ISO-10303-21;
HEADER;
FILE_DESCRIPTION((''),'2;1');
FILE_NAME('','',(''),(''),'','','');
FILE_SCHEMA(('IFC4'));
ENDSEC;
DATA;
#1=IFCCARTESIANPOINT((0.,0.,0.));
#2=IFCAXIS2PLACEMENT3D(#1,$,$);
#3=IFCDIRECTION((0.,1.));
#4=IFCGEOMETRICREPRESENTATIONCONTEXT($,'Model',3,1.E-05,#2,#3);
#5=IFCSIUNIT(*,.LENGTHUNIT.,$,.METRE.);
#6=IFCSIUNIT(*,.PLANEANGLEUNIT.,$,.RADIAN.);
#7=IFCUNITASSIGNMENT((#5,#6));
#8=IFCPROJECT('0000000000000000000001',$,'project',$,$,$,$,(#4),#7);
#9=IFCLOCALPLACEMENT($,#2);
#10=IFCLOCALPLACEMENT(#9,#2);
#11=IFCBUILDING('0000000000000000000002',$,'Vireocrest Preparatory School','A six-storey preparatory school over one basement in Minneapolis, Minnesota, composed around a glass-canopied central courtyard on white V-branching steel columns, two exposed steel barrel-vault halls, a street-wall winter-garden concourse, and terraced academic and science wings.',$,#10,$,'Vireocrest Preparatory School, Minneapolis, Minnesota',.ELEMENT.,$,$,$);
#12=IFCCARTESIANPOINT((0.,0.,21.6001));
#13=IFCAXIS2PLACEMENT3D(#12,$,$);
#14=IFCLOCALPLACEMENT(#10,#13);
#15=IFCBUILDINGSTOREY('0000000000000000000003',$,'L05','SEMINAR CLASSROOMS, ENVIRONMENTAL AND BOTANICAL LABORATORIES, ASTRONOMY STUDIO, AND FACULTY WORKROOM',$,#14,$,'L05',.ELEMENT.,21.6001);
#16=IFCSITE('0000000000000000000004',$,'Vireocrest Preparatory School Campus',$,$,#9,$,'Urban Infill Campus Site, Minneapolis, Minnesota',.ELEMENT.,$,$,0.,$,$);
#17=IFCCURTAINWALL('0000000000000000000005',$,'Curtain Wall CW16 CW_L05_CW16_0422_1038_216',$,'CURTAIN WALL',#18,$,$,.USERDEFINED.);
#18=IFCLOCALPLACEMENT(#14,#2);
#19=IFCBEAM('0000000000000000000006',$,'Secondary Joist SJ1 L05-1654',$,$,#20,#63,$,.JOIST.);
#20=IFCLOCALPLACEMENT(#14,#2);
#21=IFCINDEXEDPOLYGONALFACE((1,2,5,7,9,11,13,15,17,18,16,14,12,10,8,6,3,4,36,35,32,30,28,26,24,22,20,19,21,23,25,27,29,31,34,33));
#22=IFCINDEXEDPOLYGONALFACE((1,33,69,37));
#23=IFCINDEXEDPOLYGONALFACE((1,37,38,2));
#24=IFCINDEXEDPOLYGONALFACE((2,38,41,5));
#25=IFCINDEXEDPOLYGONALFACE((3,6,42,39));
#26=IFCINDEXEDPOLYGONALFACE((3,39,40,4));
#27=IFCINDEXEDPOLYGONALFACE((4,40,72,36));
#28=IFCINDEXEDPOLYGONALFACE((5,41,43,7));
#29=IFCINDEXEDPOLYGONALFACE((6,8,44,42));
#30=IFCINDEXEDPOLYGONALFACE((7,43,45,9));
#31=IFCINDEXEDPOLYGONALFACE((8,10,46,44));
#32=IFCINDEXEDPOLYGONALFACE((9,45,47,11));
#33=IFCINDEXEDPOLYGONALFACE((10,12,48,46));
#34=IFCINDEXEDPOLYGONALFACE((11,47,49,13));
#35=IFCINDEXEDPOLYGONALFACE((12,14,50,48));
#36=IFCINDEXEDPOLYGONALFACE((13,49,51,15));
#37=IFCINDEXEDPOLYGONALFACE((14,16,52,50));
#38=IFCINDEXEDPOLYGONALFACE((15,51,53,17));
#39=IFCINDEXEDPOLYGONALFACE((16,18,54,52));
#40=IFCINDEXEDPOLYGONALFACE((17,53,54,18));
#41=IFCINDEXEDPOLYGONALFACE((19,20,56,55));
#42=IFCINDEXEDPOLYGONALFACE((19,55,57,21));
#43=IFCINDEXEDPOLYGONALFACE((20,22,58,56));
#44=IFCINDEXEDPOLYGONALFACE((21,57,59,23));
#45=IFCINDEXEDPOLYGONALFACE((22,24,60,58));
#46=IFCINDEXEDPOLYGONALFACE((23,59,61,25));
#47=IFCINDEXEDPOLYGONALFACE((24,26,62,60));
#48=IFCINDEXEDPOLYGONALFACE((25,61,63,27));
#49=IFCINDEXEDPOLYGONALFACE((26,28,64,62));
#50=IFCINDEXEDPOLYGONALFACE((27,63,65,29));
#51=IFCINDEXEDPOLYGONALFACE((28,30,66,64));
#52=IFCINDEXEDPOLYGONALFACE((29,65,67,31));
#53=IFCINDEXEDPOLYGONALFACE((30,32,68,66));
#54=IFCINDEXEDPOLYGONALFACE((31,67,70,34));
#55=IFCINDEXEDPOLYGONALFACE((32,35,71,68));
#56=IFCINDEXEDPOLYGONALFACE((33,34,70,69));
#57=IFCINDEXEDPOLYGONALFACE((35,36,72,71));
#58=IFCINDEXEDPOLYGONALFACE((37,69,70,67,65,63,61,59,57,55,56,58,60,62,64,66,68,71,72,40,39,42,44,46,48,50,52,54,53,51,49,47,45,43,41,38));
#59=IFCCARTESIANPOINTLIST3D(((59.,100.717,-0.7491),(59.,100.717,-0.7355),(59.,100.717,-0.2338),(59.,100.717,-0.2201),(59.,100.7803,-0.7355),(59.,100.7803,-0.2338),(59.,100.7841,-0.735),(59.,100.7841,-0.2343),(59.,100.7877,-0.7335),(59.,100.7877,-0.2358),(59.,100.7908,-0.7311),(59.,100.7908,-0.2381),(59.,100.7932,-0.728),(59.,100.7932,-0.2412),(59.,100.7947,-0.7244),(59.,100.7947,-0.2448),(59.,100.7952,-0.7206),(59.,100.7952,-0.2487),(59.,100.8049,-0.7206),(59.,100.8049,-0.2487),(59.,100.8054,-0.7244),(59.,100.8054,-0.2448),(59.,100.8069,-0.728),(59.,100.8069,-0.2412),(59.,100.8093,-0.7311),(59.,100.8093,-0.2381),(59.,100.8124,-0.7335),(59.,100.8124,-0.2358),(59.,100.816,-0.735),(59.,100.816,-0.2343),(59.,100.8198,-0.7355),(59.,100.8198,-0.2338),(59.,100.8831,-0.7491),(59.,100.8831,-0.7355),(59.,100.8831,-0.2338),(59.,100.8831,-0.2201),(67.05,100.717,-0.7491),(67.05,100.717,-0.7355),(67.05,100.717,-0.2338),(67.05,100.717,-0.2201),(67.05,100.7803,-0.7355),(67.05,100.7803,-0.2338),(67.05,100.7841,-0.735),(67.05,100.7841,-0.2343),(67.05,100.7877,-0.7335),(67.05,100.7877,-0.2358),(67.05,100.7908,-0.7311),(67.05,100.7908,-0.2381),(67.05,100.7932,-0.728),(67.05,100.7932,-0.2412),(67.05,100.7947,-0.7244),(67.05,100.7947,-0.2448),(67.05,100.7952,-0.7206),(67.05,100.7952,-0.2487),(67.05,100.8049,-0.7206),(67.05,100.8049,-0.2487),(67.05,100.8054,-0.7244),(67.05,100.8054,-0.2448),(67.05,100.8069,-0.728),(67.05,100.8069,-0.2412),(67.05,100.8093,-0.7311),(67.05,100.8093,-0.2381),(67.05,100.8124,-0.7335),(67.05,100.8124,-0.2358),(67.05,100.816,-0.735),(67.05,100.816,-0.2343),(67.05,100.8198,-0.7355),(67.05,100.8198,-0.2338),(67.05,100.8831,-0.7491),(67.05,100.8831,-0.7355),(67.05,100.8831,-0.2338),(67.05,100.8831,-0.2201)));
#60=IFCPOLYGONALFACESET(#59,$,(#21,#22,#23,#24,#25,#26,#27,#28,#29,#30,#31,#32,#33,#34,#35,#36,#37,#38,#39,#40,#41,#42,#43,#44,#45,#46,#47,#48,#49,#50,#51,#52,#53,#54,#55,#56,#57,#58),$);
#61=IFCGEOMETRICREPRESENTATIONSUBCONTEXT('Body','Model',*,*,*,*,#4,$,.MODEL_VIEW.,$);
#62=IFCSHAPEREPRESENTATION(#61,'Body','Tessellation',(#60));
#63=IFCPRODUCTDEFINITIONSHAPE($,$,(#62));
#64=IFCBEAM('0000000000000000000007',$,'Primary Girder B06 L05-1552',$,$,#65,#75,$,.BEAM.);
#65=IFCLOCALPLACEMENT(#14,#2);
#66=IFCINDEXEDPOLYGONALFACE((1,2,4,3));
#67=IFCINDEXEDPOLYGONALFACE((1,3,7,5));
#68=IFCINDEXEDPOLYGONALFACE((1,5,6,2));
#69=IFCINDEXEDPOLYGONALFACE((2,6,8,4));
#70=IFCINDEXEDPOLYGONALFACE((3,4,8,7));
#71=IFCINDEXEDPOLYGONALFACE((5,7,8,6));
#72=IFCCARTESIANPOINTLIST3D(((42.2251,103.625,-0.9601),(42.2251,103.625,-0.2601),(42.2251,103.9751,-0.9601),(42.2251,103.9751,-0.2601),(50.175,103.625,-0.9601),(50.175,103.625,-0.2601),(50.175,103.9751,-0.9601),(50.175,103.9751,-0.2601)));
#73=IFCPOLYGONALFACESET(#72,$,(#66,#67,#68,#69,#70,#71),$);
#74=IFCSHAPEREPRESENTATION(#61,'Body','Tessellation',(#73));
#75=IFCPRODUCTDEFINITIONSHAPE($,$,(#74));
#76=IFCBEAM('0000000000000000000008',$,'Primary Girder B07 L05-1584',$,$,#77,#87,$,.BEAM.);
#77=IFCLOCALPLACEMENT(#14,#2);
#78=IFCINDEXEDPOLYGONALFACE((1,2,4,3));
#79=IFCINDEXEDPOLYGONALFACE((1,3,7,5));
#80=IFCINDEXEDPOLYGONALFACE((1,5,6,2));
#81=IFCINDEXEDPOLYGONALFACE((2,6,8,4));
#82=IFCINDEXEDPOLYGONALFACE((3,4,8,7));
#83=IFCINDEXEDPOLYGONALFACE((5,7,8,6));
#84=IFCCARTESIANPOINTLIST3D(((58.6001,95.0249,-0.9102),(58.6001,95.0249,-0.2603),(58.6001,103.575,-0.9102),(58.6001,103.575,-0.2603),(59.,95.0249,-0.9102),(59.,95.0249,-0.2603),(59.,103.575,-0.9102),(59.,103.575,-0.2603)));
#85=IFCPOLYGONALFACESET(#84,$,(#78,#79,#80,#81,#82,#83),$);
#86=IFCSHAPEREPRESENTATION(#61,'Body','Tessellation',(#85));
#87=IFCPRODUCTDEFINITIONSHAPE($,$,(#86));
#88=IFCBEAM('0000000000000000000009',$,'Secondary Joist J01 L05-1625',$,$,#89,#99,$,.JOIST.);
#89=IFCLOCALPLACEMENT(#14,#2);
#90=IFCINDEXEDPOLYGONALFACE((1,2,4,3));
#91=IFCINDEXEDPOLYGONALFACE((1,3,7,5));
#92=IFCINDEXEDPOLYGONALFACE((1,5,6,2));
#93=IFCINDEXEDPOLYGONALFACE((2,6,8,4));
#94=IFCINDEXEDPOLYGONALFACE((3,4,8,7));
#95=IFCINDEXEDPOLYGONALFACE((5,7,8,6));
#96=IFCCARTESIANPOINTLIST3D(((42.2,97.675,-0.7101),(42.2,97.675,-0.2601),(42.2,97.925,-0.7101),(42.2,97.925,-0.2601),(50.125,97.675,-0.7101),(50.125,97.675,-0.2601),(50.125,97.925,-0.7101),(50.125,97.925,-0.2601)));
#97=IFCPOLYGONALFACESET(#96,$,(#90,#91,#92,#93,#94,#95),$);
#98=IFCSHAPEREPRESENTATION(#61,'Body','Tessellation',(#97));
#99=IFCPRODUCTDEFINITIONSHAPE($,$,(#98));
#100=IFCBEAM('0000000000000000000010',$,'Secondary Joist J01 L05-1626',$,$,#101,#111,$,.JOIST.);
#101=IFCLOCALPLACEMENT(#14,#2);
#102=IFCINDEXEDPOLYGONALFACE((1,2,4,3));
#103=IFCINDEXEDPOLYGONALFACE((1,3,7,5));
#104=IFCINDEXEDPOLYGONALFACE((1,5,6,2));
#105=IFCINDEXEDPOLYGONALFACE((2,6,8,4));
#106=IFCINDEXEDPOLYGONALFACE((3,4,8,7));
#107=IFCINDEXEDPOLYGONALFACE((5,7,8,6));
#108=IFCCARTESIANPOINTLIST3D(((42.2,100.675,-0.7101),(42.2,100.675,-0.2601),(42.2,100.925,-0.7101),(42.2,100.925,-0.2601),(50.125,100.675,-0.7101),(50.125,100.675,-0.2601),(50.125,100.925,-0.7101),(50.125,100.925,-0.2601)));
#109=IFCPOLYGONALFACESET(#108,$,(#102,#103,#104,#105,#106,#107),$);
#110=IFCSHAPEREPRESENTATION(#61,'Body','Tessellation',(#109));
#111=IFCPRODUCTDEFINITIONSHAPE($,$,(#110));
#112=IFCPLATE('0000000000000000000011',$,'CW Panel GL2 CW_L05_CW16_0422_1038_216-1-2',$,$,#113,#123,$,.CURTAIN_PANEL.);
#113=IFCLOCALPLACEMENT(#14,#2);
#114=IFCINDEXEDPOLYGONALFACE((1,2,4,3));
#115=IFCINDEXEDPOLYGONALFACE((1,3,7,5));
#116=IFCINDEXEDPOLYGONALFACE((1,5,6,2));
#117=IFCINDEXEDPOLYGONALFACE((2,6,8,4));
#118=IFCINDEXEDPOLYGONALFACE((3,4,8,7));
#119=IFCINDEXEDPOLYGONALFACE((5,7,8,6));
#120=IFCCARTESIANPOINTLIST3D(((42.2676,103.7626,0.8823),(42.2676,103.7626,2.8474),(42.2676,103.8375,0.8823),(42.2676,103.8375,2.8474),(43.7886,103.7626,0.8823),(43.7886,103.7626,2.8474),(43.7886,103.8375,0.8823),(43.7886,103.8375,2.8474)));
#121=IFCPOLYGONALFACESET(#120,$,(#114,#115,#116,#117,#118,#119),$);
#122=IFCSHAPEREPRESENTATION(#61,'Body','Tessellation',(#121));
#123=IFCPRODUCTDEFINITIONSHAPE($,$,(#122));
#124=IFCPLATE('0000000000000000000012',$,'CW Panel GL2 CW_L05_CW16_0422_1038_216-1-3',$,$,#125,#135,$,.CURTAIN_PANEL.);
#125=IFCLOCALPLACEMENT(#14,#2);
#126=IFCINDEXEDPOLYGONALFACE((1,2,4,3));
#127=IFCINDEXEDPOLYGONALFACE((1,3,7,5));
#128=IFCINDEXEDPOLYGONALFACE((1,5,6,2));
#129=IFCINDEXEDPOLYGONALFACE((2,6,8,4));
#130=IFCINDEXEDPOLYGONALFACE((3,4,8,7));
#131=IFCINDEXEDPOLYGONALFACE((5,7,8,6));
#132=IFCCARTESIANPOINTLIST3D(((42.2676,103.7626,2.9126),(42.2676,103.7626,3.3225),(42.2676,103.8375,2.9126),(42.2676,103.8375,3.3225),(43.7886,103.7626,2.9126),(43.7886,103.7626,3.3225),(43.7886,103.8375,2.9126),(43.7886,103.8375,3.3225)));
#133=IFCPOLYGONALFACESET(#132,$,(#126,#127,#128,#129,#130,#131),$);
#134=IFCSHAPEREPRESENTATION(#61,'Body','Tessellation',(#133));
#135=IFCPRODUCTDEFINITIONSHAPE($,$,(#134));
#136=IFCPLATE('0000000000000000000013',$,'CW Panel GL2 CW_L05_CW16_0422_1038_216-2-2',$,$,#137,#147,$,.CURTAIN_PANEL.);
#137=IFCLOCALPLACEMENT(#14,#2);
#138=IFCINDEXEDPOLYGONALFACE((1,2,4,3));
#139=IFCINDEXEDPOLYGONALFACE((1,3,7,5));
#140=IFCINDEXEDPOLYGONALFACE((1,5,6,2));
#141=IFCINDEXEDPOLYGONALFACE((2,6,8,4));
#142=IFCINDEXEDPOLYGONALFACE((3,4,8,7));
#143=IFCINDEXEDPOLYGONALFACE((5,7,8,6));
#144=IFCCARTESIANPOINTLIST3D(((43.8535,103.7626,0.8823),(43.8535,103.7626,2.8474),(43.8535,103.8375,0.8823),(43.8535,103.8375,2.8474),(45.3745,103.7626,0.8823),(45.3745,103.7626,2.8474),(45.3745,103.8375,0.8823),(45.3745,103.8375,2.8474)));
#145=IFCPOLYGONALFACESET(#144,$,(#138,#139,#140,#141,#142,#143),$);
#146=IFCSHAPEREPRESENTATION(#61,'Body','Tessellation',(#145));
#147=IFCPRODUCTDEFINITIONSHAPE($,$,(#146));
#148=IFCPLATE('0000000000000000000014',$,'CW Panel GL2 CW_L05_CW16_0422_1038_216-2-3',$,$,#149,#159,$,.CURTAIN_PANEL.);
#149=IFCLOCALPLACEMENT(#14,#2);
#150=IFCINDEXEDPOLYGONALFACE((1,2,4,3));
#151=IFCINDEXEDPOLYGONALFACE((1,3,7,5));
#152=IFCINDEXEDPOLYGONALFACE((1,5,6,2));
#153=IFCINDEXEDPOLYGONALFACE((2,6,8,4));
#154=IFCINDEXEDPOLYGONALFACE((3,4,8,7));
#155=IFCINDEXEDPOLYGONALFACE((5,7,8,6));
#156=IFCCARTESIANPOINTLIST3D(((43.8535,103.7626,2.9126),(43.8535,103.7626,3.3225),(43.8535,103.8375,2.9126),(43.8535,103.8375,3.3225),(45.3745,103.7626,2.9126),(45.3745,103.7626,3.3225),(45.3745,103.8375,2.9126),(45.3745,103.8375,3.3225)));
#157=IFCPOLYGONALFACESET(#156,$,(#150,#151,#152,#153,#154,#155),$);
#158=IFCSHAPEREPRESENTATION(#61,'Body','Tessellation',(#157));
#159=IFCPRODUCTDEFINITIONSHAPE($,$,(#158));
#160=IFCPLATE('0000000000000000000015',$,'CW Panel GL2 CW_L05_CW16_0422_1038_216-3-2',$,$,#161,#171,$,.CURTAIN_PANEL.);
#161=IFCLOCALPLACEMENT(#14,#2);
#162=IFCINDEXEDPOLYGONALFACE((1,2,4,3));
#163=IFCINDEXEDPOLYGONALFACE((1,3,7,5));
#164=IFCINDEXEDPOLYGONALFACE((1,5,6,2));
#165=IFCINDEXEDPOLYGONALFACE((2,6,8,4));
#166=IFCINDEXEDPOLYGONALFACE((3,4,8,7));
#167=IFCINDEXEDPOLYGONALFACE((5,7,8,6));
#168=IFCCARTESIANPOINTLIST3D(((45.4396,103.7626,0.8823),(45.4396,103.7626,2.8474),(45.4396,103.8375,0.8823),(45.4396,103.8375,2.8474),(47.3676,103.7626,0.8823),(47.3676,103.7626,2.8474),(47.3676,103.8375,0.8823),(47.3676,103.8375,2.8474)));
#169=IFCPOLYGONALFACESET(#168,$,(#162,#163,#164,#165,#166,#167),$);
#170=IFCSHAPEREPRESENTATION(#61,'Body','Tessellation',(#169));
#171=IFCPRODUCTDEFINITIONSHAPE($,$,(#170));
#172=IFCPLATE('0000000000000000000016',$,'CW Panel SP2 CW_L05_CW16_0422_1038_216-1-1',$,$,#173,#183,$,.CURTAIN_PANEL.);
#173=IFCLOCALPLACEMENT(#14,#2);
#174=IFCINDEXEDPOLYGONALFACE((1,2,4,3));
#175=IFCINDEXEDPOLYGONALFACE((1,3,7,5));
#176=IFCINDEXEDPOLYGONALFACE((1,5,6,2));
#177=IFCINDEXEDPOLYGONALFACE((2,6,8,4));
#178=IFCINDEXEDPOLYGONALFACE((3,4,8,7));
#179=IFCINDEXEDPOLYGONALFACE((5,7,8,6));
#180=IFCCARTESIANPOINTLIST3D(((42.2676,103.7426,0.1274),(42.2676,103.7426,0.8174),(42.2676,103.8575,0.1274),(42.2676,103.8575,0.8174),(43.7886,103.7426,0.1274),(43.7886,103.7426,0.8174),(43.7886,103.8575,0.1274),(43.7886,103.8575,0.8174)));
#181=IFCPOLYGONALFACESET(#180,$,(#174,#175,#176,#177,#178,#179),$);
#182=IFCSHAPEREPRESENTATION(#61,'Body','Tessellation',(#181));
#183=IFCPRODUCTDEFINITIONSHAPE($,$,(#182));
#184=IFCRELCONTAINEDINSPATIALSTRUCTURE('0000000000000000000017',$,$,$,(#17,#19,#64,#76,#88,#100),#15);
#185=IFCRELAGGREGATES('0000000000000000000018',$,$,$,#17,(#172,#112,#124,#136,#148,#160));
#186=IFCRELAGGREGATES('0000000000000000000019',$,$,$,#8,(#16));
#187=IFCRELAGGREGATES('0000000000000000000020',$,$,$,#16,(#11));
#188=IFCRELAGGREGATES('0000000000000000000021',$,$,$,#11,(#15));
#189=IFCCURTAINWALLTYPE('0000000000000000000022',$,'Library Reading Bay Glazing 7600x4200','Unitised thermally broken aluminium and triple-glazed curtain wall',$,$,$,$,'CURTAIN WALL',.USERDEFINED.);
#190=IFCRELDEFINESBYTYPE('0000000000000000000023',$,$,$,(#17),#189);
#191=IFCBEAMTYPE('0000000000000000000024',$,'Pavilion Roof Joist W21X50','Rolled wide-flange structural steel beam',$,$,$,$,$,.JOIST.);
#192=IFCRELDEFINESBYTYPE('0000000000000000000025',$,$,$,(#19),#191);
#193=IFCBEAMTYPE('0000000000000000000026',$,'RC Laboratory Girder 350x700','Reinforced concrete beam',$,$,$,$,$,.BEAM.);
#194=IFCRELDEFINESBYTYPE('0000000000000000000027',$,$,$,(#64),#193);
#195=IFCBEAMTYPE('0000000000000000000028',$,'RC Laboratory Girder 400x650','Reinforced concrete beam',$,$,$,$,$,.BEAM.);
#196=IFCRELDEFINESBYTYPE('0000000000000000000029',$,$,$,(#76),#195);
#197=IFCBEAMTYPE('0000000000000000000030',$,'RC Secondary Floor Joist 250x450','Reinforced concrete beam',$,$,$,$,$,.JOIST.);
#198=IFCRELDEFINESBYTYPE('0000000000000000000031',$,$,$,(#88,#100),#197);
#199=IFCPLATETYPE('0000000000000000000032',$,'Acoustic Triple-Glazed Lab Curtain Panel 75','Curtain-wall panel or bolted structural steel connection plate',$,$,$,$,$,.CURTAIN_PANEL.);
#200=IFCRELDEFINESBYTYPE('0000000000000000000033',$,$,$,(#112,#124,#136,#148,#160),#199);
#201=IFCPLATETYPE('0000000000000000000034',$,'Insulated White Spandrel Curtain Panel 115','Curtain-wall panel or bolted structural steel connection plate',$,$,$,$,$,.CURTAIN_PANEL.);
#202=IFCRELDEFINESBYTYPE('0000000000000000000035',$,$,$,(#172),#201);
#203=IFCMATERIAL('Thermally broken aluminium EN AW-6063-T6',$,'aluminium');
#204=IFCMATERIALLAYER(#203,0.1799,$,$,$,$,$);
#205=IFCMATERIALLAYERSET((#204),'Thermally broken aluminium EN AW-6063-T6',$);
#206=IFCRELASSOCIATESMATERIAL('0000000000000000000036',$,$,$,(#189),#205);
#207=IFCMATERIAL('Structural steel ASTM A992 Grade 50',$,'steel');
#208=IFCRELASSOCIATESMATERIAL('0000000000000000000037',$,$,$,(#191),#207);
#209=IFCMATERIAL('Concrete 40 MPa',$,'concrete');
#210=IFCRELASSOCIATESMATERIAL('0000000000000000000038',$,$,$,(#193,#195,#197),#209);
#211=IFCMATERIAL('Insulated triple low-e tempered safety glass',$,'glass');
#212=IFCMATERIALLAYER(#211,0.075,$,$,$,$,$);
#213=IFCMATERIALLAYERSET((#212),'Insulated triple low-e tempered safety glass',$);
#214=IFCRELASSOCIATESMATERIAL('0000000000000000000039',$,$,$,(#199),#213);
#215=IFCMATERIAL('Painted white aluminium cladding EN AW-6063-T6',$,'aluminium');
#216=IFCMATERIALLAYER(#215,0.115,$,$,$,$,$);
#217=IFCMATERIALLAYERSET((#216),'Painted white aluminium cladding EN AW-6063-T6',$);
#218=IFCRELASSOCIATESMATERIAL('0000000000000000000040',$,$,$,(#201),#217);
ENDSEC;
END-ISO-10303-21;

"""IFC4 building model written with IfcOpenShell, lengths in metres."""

from ifc_helpers import new_model, si_unit, direction, frame, origin, origin_2d, place, context, subcontext, project, spatial, rectangle, i_section, extrude, material, layer, layer_set, material_profile, profile_set, type_object, element, aggregate, save


model = new_model("IFC4")

# Units and contexts
model_context = context("Model", 3, precision=1e-05, world=origin(), true_north=direction((0.0, 1.0)))
body_context = subcontext(model_context, "Body", "Model", "MODEL_VIEW")
ifc_project = project(units=[si_unit("LENGTHUNIT", "METRE"), si_unit("PLANEANGLEUNIT", "RADIAN")], contexts=[model_context])

# Site, building, storey
site_placement = place(None, origin())
site = spatial("IfcSite", under=ifc_project, at=site_placement, Name="Vireocrest Preparatory School Campus", LongName="Urban Infill Campus Site, Minneapolis, Minnesota", CompositionType="ELEMENT", RefElevation=0.0)
building_placement = place(site_placement, origin())
building = spatial("IfcBuilding", under=site, at=building_placement, Name="Vireocrest Preparatory School", Description="A six-storey preparatory school over one basement in Minneapolis, Minnesota, composed around a glass-canopied central courtyard on white V-branching steel columns, two exposed steel barrel-vault halls, a street-wall winter-garden concourse, and terraced academic and science wings.", LongName="Vireocrest Preparatory School, Minneapolis, Minnesota", CompositionType="ELEMENT")
storey_placement = place(building_placement, frame((0.0, 0.0, 21.6001)))
storey = spatial("IfcBuildingStorey", under=building, at=storey_placement, Name="L05", Description="SEMINAR CLASSROOMS, ENVIRONMENTAL AND BOTANICAL LABORATORIES, ASTRONOMY STUDIO, AND FACULTY WORKROOM", LongName="L05", CompositionType="ELEMENT", Elevation=21.6001)

# Curtain wall
ifc_material_1 = material(Name="Thermally broken aluminium EN AW-6063-T6", Category="aluminium")
ifc_layer_1 = layer(ifc_material_1, 0.1799)
ifc_layer_set_1 = layer_set([ifc_layer_1], Name="Thermally broken aluminium EN AW-6063-T6")
curtain_wall_type = type_object("IfcCurtainWallType", Name="Library Reading Bay Glazing 7600x4200", Description="Unitised thermally broken aluminium and triple-glazed curtain wall", ElementType="CURTAIN WALL", PredefinedType="USERDEFINED", material=ifc_layer_set_1)
curtain_wall_placement = place(storey_placement, origin())
curtain_wall = element("IfcCurtainWall", 1, at=curtain_wall_placement, inside=storey, type_object=curtain_wall_type, Name="Curtain Wall CW16 CW_L05_CW16_0422_1038_216", ObjectType="CURTAIN WALL", PredefinedType="USERDEFINED")

# Beams
ifc_material_2 = material(Name="Structural steel ASTM A992 Grade 50", Category="steel")
ifc_material_profile_1 = material_profile(ifc_material_2, i_section(OverallWidth=0.166, OverallDepth=0.5291, WebThickness=0.0098, FlangeThickness=0.0137, FilletRadius=0.0149, at=origin_2d()), Name="W21X50")
ifc_profile_set_1 = profile_set([ifc_material_profile_1], Name="Structural steel ASTM A992 Grade 50")
beam_type_1 = type_object("IfcBeamType", Name="Pavilion Roof Joist W21X50", Description="Rolled wide-flange structural steel beam", PredefinedType="JOIST", material=ifc_profile_set_1)
for number, where, z_axis, x_axis, name in (
    (2, (59.0, 100.8, -0.4846), (1.0, 0.0, 0.0), (0.0, 1.0, 0.0), "Secondary Joist SJ1 L05-1654"),
):
    element("IfcBeam", number, at=place(storey_placement, frame(where, z_axis=z_axis, x_axis=x_axis)), inside=storey, type_object=beam_type_1, Name=name, PredefinedType="JOIST", context=body_context, shape_type="SweptSolid", body=[
        extrude(i_section(OverallWidth=0.166, OverallDepth=0.5291, WebThickness=0.0098, FlangeThickness=0.0137, FilletRadius=0.0149, at=origin_2d()), origin(), (0.0, 0.0, 1.0), 8.05),
    ])
ifc_material_3 = material(Name="Concrete 40 MPa", Category="concrete")
ifc_material_profile_2 = material_profile(ifc_material_3, rectangle(XDim=0.3501, YDim=0.7, at=origin_2d()), Name="RC 350x700")
ifc_profile_set_2 = profile_set([ifc_material_profile_2], Name="Concrete 40 MPa")
beam_type_2 = type_object("IfcBeamType", Name="RC Laboratory Girder 350x700", Description="Reinforced concrete beam", PredefinedType="BEAM", material=ifc_profile_set_2)
beam_1_placement = place(storey_placement, frame((42.2251, 103.8, -0.6101), z_axis=(1.0, 0.0, 0.0), x_axis=(0.0, 1.0, 0.0)))
element("IfcBeam", 3, at=beam_1_placement, inside=storey, type_object=beam_type_2, Name="Primary Girder B06 L05-1552", PredefinedType="BEAM", context=body_context, shape_type="SweptSolid", body=[
    extrude(rectangle(XDim=0.3501, YDim=0.7, at=origin_2d()), origin(), (0.0, 0.0, 1.0), 7.95),
])
ifc_material_profile_3 = material_profile(ifc_material_3, rectangle(XDim=0.3999, YDim=0.6499, at=origin_2d()), Name="RC 400x650")
ifc_profile_set_3 = profile_set([ifc_material_profile_3], Name="Concrete 40 MPa")
beam_type_3 = type_object("IfcBeamType", Name="RC Laboratory Girder 400x650", Description="Reinforced concrete beam", PredefinedType="BEAM", material=ifc_profile_set_3)
beam_2_placement = place(storey_placement, frame((58.8, 95.0249, -0.5852), z_axis=(0.0, 1.0, 0.0), x_axis=(-1.0, 0.0, 0.0)))
element("IfcBeam", 4, at=beam_2_placement, inside=storey, type_object=beam_type_3, Name="Primary Girder B07 L05-1584", PredefinedType="BEAM", context=body_context, shape_type="SweptSolid", body=[
    extrude(rectangle(XDim=0.3999, YDim=0.6499, at=origin_2d()), origin(), (0.0, 0.0, 1.0), 8.55),
])
ifc_material_profile_4 = material_profile(ifc_material_3, rectangle(XDim=0.25, YDim=0.45, at=origin_2d()), Name="RC 250x450")
ifc_profile_set_4 = profile_set([ifc_material_profile_4], Name="Concrete 40 MPa")
beam_type_4 = type_object("IfcBeamType", Name="RC Secondary Floor Joist 250x450", Description="Reinforced concrete beam", PredefinedType="JOIST", material=ifc_profile_set_4)
for number, where, z_axis, x_axis, name in (
    (5, (42.2, 97.8, -0.4851), (1.0, 0.0, 0.0), (0.0, 1.0, 0.0), "Secondary Joist J01 L05-1625"),
    (6, (42.2, 100.8, -0.4851), (1.0, 0.0, 0.0), (0.0, 1.0, 0.0), "Secondary Joist J01 L05-1626"),
):
    element("IfcBeam", number, at=place(storey_placement, frame(where, z_axis=z_axis, x_axis=x_axis)), inside=storey, type_object=beam_type_4, Name=name, PredefinedType="JOIST", context=body_context, shape_type="SweptSolid", body=[
        extrude(rectangle(XDim=0.25, YDim=0.45, at=origin_2d()), origin(), (0.0, 0.0, 1.0), 7.925),
    ])

# Plates
ifc_material_4 = material(Name="Insulated triple low-e tempered safety glass", Category="glass")
ifc_layer_2 = layer(ifc_material_4, 0.075)
ifc_layer_set_2 = layer_set([ifc_layer_2], Name="Insulated triple low-e tempered safety glass")
plate_type_1 = type_object("IfcPlateType", Name="Acoustic Triple-Glazed Lab Curtain Panel 75", Description="Curtain-wall panel or bolted structural steel connection plate", PredefinedType="CURTAIN_PANEL", material=ifc_layer_set_2)
plate_1_placement = place(storey_placement, frame((43.0281, 103.8, 0.8823), z_axis=(0.0, 0.0, 1.0), x_axis=(1.0, 0.0, 0.0)))
plate_1 = element("IfcPlate", 7, at=plate_1_placement, type_object=plate_type_1, Name="CW Panel GL2 CW_L05_CW16_0422_1038_216-1-2", PredefinedType="CURTAIN_PANEL", context=body_context, shape_type="SweptSolid", body=[
    extrude(rectangle(XDim=1.521, YDim=0.075, at=origin_2d()), origin(), (0.0, 0.0, 1.0), 1.9651),
])
plate_2_placement = place(storey_placement, frame((43.0281, 103.8, 2.9126), z_axis=(0.0, 0.0, 1.0), x_axis=(1.0, 0.0, 0.0)))
plate_2 = element("IfcPlate", 8, at=plate_2_placement, type_object=plate_type_1, Name="CW Panel GL2 CW_L05_CW16_0422_1038_216-1-3", PredefinedType="CURTAIN_PANEL", context=body_context, shape_type="SweptSolid", body=[
    extrude(rectangle(XDim=1.521, YDim=0.075, at=origin_2d()), origin(), (0.0, 0.0, 1.0), 0.4099),
])
plate_3_placement = place(storey_placement, frame((44.614, 103.8, 0.8823), z_axis=(0.0, 0.0, 1.0), x_axis=(1.0, 0.0, 0.0)))
plate_3 = element("IfcPlate", 9, at=plate_3_placement, type_object=plate_type_1, Name="CW Panel GL2 CW_L05_CW16_0422_1038_216-2-2", PredefinedType="CURTAIN_PANEL", context=body_context, shape_type="SweptSolid", body=[
    extrude(rectangle(XDim=1.521, YDim=0.075, at=origin_2d()), origin(), (0.0, 0.0, 1.0), 1.9651),
])
plate_4_placement = place(storey_placement, frame((44.614, 103.8, 2.9126), z_axis=(0.0, 0.0, 1.0), x_axis=(1.0, 0.0, 0.0)))
plate_4 = element("IfcPlate", 10, at=plate_4_placement, type_object=plate_type_1, Name="CW Panel GL2 CW_L05_CW16_0422_1038_216-2-3", PredefinedType="CURTAIN_PANEL", context=body_context, shape_type="SweptSolid", body=[
    extrude(rectangle(XDim=1.521, YDim=0.075, at=origin_2d()), origin(), (0.0, 0.0, 1.0), 0.4099),
])
plate_5_placement = place(storey_placement, frame((46.4036, 103.8, 0.8823), z_axis=(0.0, 0.0, 1.0), x_axis=(1.0, 0.0, 0.0)))
plate_5 = element("IfcPlate", 11, at=plate_5_placement, type_object=plate_type_1, Name="CW Panel GL2 CW_L05_CW16_0422_1038_216-3-2", PredefinedType="CURTAIN_PANEL", context=body_context, shape_type="SweptSolid", body=[
    extrude(rectangle(XDim=1.928, YDim=0.075, at=origin_2d()), origin(), (0.0, 0.0, 1.0), 1.9651),
])
ifc_material_5 = material(Name="Painted white aluminium cladding EN AW-6063-T6", Category="aluminium")
ifc_layer_3 = layer(ifc_material_5, 0.115)
ifc_layer_set_3 = layer_set([ifc_layer_3], Name="Painted white aluminium cladding EN AW-6063-T6")
plate_type_2 = type_object("IfcPlateType", Name="Insulated White Spandrel Curtain Panel 115", Description="Curtain-wall panel or bolted structural steel connection plate", PredefinedType="CURTAIN_PANEL", material=ifc_layer_set_3)
plate_6_placement = place(storey_placement, frame((43.0281, 103.8, 0.1274), z_axis=(0.0, 0.0, 1.0), x_axis=(1.0, 0.0, 0.0)))
plate_6 = element("IfcPlate", 12, at=plate_6_placement, type_object=plate_type_2, Name="CW Panel SP2 CW_L05_CW16_0422_1038_216-1-1", PredefinedType="CURTAIN_PANEL", context=body_context, shape_type="SweptSolid", body=[
    extrude(rectangle(XDim=1.521, YDim=0.115, at=origin_2d()), origin(), (0.0, 0.0, 1.0), 0.6899),
])
aggregate(curtain_wall, [plate_6, plate_1, plate_2, plate_3, plate_4, plate_5])

save(model, "model.ifc")
